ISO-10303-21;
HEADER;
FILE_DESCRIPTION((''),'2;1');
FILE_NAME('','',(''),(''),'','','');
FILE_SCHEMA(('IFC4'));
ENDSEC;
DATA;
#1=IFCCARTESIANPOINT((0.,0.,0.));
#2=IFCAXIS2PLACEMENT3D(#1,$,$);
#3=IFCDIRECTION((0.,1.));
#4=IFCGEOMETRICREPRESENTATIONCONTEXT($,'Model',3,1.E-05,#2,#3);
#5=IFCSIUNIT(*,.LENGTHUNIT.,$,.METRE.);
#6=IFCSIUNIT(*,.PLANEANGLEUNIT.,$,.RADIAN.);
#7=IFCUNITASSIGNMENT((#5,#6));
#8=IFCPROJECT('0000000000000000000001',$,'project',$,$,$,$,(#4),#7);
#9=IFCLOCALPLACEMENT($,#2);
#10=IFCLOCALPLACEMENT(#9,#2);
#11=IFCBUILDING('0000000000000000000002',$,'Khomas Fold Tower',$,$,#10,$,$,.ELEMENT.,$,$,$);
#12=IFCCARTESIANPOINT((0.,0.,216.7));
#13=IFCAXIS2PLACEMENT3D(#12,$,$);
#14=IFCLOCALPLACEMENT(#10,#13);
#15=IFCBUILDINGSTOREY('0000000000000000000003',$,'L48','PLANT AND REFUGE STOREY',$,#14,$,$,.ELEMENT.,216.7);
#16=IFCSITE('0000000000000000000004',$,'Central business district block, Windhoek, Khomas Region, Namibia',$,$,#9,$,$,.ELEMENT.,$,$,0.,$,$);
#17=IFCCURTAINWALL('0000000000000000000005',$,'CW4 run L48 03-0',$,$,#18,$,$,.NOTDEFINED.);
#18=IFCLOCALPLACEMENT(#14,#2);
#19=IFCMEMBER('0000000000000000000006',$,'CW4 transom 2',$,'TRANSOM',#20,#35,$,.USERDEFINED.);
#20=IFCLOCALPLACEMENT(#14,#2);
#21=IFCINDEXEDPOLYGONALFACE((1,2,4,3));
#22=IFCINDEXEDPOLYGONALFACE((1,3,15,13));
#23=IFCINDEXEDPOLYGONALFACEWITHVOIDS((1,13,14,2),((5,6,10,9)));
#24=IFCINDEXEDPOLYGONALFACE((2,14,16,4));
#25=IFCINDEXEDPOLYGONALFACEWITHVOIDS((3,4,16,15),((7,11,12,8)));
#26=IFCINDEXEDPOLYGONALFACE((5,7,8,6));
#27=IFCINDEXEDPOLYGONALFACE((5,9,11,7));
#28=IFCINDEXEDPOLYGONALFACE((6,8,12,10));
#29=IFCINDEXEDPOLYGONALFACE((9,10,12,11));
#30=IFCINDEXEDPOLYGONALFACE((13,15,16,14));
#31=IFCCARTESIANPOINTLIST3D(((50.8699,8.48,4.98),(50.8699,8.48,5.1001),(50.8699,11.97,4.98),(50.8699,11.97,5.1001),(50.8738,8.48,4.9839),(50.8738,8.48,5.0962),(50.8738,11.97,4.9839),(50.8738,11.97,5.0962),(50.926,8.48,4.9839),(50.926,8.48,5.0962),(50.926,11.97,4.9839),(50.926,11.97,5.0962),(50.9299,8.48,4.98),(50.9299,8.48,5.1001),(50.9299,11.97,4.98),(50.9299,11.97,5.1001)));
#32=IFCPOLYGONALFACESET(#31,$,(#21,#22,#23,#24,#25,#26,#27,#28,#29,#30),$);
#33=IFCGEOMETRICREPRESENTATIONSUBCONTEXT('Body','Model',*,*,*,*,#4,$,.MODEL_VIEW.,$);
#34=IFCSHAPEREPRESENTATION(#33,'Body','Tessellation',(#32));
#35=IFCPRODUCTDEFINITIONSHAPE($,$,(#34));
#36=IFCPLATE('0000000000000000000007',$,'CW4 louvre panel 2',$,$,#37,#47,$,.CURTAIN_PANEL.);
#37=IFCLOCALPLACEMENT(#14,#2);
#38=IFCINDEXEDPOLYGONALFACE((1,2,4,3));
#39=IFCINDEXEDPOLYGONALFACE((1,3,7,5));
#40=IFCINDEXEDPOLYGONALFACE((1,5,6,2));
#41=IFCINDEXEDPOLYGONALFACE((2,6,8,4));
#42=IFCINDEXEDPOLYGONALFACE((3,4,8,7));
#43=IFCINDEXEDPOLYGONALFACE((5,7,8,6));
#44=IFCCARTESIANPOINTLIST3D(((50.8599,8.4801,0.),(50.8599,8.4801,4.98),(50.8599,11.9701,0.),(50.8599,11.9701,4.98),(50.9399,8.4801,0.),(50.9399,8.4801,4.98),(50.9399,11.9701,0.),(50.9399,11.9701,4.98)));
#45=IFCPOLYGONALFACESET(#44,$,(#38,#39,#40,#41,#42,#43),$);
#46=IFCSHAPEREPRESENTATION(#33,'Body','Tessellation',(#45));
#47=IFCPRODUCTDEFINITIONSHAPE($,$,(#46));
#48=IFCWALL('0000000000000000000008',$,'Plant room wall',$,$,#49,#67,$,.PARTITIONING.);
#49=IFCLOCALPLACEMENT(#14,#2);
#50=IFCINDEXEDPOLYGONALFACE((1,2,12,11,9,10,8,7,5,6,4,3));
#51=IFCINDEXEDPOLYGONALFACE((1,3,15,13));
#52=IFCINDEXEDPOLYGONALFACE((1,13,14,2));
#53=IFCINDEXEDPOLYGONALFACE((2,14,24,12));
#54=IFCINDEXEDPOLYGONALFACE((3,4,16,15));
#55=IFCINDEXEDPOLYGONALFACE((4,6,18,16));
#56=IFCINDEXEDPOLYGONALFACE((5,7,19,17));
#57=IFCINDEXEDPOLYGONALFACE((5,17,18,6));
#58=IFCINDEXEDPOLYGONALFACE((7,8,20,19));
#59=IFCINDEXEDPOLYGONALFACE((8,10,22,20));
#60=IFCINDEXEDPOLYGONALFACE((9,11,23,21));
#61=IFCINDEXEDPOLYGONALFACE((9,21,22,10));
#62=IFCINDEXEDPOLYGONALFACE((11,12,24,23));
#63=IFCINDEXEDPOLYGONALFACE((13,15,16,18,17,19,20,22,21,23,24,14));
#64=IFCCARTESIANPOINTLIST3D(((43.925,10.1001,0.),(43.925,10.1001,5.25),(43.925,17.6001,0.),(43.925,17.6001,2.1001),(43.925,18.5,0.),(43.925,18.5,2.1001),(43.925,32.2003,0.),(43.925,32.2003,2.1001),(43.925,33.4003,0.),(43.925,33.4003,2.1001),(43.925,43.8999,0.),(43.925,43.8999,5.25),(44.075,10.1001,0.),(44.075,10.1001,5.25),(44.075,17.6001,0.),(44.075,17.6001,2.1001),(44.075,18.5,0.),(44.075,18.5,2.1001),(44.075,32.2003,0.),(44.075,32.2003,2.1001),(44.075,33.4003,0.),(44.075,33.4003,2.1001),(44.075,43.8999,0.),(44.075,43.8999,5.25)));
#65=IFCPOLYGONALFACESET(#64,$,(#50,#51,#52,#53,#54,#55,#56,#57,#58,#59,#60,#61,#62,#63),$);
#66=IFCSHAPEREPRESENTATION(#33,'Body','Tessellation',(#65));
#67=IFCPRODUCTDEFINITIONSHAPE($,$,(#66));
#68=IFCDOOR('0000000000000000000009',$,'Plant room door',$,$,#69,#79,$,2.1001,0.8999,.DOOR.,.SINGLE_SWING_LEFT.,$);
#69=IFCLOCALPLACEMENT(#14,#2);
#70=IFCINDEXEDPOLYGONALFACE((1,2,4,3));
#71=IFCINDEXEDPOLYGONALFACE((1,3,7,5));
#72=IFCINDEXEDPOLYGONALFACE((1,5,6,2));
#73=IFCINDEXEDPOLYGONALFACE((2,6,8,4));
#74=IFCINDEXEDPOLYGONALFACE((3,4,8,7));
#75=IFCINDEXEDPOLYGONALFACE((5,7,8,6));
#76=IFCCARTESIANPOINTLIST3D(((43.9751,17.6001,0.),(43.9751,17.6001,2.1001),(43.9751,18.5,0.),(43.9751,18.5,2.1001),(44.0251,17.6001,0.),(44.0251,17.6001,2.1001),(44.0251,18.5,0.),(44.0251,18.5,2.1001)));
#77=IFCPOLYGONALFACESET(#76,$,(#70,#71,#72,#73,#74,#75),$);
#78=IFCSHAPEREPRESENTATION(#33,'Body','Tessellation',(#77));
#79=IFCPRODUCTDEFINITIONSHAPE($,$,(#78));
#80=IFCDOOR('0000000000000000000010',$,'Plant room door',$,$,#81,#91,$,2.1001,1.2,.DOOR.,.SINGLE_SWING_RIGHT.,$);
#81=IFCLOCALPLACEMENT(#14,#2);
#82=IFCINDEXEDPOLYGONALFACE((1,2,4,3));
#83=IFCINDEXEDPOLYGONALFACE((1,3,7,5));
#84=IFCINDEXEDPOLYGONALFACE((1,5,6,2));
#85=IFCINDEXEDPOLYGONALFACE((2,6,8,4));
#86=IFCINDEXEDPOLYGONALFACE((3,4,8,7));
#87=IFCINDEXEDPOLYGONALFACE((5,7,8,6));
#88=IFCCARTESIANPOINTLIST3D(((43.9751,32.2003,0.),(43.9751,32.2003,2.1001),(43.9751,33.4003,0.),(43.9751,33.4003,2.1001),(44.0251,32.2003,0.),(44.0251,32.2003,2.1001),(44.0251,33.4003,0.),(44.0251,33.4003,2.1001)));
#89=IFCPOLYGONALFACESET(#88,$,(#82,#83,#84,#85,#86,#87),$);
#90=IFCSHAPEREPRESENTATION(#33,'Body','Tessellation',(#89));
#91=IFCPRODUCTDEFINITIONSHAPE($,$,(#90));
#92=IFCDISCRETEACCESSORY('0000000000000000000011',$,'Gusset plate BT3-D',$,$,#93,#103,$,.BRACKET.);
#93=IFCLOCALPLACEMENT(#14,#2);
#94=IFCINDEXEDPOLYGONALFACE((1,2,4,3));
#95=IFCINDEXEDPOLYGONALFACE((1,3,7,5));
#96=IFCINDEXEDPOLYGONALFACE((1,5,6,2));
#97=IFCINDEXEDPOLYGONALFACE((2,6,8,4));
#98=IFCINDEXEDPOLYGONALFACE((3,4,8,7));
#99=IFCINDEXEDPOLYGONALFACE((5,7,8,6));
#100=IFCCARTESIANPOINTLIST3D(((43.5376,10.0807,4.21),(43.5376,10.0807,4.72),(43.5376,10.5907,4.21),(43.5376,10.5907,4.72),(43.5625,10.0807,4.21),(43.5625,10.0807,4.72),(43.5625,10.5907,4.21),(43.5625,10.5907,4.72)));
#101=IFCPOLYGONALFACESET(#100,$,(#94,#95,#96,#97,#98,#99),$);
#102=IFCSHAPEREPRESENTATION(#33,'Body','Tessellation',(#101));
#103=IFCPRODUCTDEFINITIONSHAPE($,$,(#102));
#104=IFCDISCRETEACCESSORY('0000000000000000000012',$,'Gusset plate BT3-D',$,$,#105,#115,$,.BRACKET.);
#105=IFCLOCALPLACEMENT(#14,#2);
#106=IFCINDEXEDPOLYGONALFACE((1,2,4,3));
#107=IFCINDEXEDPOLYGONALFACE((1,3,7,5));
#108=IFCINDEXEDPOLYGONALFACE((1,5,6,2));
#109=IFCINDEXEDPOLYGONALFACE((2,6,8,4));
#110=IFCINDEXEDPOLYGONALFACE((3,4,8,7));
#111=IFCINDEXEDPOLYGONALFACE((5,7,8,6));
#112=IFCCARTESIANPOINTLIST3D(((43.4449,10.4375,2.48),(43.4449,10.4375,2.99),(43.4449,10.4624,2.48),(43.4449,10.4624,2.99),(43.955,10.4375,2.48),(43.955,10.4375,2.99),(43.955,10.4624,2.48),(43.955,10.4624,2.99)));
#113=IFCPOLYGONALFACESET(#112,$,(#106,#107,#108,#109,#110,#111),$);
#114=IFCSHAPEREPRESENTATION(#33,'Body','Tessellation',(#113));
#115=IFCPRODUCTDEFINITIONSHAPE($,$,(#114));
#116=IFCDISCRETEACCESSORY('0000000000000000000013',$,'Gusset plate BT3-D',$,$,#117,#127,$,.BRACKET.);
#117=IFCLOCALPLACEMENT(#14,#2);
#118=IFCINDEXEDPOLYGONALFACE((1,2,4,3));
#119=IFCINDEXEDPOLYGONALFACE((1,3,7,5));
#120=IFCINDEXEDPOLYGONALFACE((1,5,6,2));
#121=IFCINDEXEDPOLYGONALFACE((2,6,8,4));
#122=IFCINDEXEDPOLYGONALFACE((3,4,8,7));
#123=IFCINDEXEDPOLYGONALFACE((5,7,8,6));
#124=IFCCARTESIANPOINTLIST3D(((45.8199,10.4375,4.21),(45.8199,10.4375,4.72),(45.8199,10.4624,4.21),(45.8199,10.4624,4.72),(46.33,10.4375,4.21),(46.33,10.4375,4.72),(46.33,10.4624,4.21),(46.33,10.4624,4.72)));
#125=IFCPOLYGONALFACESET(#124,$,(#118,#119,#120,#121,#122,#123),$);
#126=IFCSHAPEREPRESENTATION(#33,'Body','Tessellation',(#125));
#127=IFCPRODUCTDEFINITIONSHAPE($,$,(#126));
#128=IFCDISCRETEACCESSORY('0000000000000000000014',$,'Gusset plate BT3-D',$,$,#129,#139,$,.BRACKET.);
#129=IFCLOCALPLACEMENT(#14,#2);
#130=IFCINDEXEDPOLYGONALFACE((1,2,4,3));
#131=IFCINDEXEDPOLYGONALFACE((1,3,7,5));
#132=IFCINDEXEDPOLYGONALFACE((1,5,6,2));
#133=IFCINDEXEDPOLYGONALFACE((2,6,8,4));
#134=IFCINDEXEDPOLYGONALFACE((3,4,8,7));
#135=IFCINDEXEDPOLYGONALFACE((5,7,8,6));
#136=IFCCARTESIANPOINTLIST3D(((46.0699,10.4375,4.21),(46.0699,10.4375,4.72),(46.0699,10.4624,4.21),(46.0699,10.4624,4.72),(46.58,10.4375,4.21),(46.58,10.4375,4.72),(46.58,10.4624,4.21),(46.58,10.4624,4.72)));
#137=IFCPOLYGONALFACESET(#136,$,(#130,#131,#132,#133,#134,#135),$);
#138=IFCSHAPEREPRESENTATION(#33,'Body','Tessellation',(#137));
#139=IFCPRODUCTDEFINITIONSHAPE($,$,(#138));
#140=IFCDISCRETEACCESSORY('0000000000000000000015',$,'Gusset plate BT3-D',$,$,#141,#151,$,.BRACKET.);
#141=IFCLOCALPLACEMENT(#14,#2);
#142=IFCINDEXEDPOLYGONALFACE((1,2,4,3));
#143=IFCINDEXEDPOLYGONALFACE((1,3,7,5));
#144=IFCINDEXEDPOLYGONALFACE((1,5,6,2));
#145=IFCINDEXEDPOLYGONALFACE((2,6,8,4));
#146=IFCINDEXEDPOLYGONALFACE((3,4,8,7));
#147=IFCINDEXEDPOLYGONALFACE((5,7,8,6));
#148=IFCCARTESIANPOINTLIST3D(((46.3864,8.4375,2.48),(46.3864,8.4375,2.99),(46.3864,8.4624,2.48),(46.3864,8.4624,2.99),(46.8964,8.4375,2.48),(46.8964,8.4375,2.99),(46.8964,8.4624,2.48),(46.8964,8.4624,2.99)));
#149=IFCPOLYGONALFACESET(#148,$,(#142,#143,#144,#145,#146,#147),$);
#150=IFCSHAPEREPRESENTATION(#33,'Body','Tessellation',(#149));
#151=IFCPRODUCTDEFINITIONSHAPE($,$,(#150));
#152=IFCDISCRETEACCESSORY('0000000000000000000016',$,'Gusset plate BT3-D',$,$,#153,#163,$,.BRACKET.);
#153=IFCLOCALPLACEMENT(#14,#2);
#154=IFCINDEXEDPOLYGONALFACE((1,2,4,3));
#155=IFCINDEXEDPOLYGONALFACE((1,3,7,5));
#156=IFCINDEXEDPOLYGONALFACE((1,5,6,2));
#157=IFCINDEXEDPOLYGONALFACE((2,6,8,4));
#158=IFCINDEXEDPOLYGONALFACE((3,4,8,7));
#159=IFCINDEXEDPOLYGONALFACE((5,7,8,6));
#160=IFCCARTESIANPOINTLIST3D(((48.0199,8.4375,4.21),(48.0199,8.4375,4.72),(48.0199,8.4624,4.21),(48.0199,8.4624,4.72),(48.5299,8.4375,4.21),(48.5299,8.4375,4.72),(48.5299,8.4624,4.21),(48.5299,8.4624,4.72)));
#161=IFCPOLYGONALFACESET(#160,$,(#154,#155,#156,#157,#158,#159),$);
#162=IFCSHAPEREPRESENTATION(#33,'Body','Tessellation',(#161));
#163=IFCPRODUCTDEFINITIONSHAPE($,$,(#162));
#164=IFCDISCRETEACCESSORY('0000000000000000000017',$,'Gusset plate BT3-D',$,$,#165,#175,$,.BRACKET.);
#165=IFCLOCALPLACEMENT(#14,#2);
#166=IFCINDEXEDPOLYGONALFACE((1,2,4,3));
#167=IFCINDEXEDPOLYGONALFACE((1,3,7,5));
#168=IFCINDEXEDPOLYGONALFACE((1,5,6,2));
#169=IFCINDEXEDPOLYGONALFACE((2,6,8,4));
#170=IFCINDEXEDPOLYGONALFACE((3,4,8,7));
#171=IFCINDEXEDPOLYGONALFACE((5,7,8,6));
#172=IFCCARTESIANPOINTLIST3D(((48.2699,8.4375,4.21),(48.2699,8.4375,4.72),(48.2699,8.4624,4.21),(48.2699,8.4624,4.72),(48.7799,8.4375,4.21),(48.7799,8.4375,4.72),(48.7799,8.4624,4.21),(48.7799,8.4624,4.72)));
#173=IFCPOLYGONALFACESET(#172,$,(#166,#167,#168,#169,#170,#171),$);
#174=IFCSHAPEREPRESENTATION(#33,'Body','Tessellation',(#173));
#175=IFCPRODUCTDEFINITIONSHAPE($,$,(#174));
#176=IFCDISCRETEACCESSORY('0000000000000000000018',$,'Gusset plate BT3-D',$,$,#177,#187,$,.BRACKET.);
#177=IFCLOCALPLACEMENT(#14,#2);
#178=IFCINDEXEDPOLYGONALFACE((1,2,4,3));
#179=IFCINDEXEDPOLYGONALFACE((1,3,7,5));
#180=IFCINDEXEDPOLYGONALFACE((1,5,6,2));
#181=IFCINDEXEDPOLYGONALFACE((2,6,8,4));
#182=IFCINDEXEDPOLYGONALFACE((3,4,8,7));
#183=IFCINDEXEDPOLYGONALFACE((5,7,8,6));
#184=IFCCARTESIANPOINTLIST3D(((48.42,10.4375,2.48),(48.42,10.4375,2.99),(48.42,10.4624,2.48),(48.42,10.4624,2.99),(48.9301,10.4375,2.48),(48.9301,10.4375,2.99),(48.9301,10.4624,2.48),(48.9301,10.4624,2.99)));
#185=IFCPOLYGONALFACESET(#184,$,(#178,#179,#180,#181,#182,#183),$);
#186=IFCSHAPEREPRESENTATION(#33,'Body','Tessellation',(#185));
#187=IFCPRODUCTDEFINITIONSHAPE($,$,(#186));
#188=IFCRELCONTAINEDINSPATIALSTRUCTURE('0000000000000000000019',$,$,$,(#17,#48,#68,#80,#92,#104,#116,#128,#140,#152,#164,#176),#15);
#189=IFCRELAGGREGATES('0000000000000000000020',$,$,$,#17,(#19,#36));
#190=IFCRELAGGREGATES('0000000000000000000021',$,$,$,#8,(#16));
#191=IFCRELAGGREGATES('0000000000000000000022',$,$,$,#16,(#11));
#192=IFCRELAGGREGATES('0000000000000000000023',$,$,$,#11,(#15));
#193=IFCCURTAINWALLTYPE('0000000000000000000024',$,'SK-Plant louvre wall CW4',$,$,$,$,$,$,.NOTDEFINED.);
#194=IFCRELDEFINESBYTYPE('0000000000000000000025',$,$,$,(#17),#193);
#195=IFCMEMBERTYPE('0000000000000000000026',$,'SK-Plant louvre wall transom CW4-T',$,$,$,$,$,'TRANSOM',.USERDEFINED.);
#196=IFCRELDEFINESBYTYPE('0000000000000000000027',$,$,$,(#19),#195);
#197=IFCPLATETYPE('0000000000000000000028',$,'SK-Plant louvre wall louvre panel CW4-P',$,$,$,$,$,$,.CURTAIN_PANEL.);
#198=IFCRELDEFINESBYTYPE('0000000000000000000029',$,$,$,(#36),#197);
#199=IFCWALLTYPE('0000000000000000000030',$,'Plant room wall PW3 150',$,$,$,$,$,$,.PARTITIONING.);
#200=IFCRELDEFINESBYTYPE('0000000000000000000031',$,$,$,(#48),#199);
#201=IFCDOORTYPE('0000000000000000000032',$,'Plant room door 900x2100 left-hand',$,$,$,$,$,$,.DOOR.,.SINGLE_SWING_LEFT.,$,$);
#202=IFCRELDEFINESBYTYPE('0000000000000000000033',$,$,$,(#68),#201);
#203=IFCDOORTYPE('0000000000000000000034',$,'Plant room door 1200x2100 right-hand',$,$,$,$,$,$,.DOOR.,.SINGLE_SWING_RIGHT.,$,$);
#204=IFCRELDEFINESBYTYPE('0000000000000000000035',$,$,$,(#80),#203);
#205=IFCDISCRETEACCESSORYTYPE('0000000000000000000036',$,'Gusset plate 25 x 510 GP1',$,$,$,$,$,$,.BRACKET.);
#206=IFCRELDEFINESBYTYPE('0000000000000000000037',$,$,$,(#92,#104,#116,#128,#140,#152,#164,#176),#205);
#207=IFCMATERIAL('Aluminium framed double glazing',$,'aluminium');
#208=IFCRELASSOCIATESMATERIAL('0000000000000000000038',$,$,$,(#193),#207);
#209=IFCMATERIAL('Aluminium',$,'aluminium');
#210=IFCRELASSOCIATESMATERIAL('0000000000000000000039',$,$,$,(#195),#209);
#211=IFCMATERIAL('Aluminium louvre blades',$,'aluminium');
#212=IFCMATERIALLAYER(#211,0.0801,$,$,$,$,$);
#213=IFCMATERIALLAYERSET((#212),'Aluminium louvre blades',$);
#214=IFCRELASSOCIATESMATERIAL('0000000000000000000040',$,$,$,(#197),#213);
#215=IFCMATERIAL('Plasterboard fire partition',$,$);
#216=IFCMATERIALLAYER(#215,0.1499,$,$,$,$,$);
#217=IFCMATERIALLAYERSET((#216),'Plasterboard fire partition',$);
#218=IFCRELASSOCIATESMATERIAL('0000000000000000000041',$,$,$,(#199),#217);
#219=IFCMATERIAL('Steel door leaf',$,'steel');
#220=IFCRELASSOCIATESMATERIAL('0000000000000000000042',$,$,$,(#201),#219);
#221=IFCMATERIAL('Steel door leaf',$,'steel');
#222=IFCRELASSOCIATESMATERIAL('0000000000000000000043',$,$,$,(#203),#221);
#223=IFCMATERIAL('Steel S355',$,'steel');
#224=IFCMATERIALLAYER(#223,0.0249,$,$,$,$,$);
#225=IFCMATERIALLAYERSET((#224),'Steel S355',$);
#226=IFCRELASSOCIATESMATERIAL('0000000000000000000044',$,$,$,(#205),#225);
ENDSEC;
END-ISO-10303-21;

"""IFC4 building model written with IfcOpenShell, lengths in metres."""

from ifc_helpers import new_model, si_unit, direction, frame, frame_2d, origin, origin_2d, place, context, subcontext, project, spatial, rectangle, hollow_rectangle, extrude, source, transform, mapped, material, layer, layer_set, material_profile, profile_set, type_object, element, fill, aggregate, save


model = new_model("IFC4")

# Units and contexts
model_context = context("Model", 3, precision=1e-05, world=origin(), true_north=direction((0.0, 1.0)))
body_context = subcontext(model_context, "Body", "Model", "MODEL_VIEW")
ifc_project = project(units=[si_unit("LENGTHUNIT", "METRE"), si_unit("PLANEANGLEUNIT", "RADIAN")], contexts=[model_context])

# Site, building, storey
site_placement = place(None, origin())
site = spatial("IfcSite", under=ifc_project, at=site_placement, Name="Central business district block, Windhoek, Khomas Region, Namibia", CompositionType="ELEMENT", RefElevation=0.0)
building_placement = place(site_placement, origin())
building = spatial("IfcBuilding", under=site, at=building_placement, Name="Khomas Fold Tower", CompositionType="ELEMENT")
storey_placement = place(building_placement, frame((0.0, 0.0, 216.7)))
storey = spatial("IfcBuildingStorey", under=building, at=storey_placement, Name="L48", Description="PLANT AND REFUGE STOREY", CompositionType="ELEMENT", Elevation=216.7)

# Curtain wall, member, plate
ifc_material_1 = material(Name="Aluminium framed double glazing", Category="aluminium")
curtain_wall_type = type_object("IfcCurtainWallType", Name="SK-Plant louvre wall CW4", PredefinedType="NOTDEFINED", material=ifc_material_1)
curtain_wall_placement = place(storey_placement, origin())
curtain_wall = element("IfcCurtainWall", 1, at=curtain_wall_placement, inside=storey, type_object=curtain_wall_type, Name="CW4 run L48 03-0", PredefinedType="NOTDEFINED")
ifc_material_2 = material(Name="Aluminium", Category="aluminium")
ifc_material_profile_1 = material_profile(ifc_material_2, hollow_rectangle(XDim=0.0601, YDim=0.1201, WallThickness=0.0039, at=origin_2d()), Name="SK-Plant louvre wall transom CW4-T")
ifc_profile_set_1 = profile_set([ifc_material_profile_1], Name="Aluminium")
member_type_1 = type_object("IfcMemberType", Name="SK-Plant louvre wall transom CW4-T", ElementType="TRANSOM", PredefinedType="USERDEFINED", material=ifc_profile_set_1)
shared_shape_1 = source(origin(), body_context, "Body", "SweptSolid", [
    extrude(hollow_rectangle(XDim=0.0601, YDim=0.1201, WallThickness=0.0039, at=origin_2d()), origin(), (0.0, 0.0, 1.0), 3.49),
])
member_1_placement = place(storey_placement, frame((50.8999, 8.48, 5.04), z_axis=(0.0, 1.0, 0.0), x_axis=(-1.0, 0.0, 0.0)))
member_1 = element("IfcMember", 2, at=member_1_placement, type_object=member_type_1, Name="CW4 transom 2", ObjectType="TRANSOM", PredefinedType="USERDEFINED", context=body_context, shape_type="MappedRepresentation", body=[
    mapped(shared_shape_1, transform((0.0, 0.0, 0.0))),
])
ifc_material_3 = material(Name="Aluminium louvre blades", Category="aluminium")
ifc_layer_1 = layer(ifc_material_3, 0.0801)
ifc_layer_set_1 = layer_set([ifc_layer_1], Name="Aluminium louvre blades")
plate_type = type_object("IfcPlateType", Name="SK-Plant louvre wall louvre panel CW4-P", PredefinedType="CURTAIN_PANEL", material=ifc_layer_set_1)
shared_shape_2 = source(origin(), body_context, "Body", "SweptSolid", [
    extrude(rectangle(XDim=3.49, YDim=0.0801, at=origin_2d()), origin(), (0.0, 0.0, 1.0), 4.98),
])
plate_placement = place(storey_placement, frame((50.8999, 10.2251, 0.0), z_axis=(0.0, 0.0, 1.0), x_axis=(0.0, 1.0, 0.0)))
plate = element("IfcPlate", 3, at=plate_placement, type_object=plate_type, Name="CW4 louvre panel 2", PredefinedType="CURTAIN_PANEL", context=body_context, shape_type="MappedRepresentation", body=[
    mapped(shared_shape_2, transform((0.0, 0.0, 0.0))),
])
aggregate(curtain_wall, [member_1, plate])

# Wall, openings, doors
ifc_material_4 = material(Name="Plasterboard fire partition")
ifc_layer_2 = layer(ifc_material_4, 0.1499)
ifc_layer_set_2 = layer_set([ifc_layer_2], Name="Plasterboard fire partition")
wall_type = type_object("IfcWallType", Name="Plant room wall PW3 150", PredefinedType="PARTITIONING", material=ifc_layer_set_2)
shared_shape_3 = source(origin(), body_context, "Body", "SweptSolid", [
    extrude(rectangle(XDim=33.7998, YDim=0.1499, at=frame_2d((16.8999, 0.0))), origin(), (0.0, 0.0, 1.0), 5.25),
])
wall_placement = place(storey_placement, frame((44.0, 10.1001, 0.0), z_axis=(0.0, 0.0, 1.0), x_axis=(0.0, 1.0, 0.0)))
wall = element("IfcWall", 4, at=wall_placement, inside=storey, type_object=wall_type, Name="Plant room wall", PredefinedType="PARTITIONING", context=body_context, shape_type="MappedRepresentation", body=[
    mapped(shared_shape_3, transform((0.0, 0.0, 0.0))),
])
shared_shape_4 = source(origin(), body_context, "Body", "SweptSolid", [
    extrude(rectangle(XDim=0.8999, YDim=2.1001, at=frame_2d((0.45, 1.05))), frame((0.0, 0.085, 0.0), z_axis=(0.0, -1.0, 0.0), x_axis=(1.0, 0.0, 0.0)), (0.0, 0.0, 1.0), 0.1699),
])
opening_1_placement = place(wall_placement, frame((7.5, 0.0, 0.0)))
opening_1 = element("IfcOpeningElement", 5, at=opening_1_placement, cuts=wall, PredefinedType="OPENING", context=body_context, shape_type="MappedRepresentation", body=[
    mapped(shared_shape_4, transform((0.0, 0.0, 0.0))),
])
shared_shape_5 = source(origin(), body_context, "Body", "SweptSolid", [
    extrude(rectangle(XDim=1.2, YDim=2.1001, at=frame_2d((0.6001, 1.05))), frame((0.0, 0.085, 0.0), z_axis=(0.0, -1.0, 0.0), x_axis=(1.0, 0.0, 0.0)), (0.0, 0.0, 1.0), 0.1699),
])
opening_2_placement = place(wall_placement, frame((22.1001, 0.0, 0.0)))
opening_2 = element("IfcOpeningElement", 6, at=opening_2_placement, cuts=wall, PredefinedType="OPENING", context=body_context, shape_type="MappedRepresentation", body=[
    mapped(shared_shape_5, transform((0.0, 0.0, 0.0))),
])
ifc_material_5 = material(Name="Steel door leaf", Category="steel")
door_type_1 = type_object("IfcDoorType", Name="Plant room door 900x2100 left-hand", OperationType="SINGLE_SWING_LEFT", PredefinedType="DOOR", material=ifc_material_5)
shared_shape_6 = source(origin(), body_context, "Body", "SweptSolid", [
    extrude(rectangle(XDim=0.8999, YDim=2.1001, at=frame_2d((0.45, 1.05))), frame((0.0, 0.0249, 0.0), z_axis=(0.0, -1.0, 0.0), x_axis=(1.0, 0.0, 0.0)), (0.0, 0.0, 1.0), 0.05),
])
door_1_placement = place(opening_1_placement, origin())
door_1 = element("IfcDoor", 7, at=door_1_placement, inside=storey, type_object=door_type_1, Name="Plant room door", OperationType="SINGLE_SWING_LEFT", OverallHeight=2.1001, OverallWidth=0.8999, PredefinedType="DOOR", context=body_context, shape_type="MappedRepresentation", body=[
    mapped(shared_shape_6, transform((0.0, 0.0, 0.0))),
])
fill(opening_1, door_1)
ifc_material_6 = material(Name="Steel door leaf", Category="steel")
door_type_2 = type_object("IfcDoorType", Name="Plant room door 1200x2100 right-hand", OperationType="SINGLE_SWING_RIGHT", PredefinedType="DOOR", material=ifc_material_6)
shared_shape_7 = source(origin(), body_context, "Body", "SweptSolid", [
    extrude(rectangle(XDim=1.2, YDim=2.1001, at=frame_2d((0.6001, 1.05))), frame((0.0, 0.0249, 0.0), z_axis=(0.0, -1.0, 0.0), x_axis=(1.0, 0.0, 0.0)), (0.0, 0.0, 1.0), 0.05),
])
door_2_placement = place(opening_2_placement, origin())
door_2 = element("IfcDoor", 8, at=door_2_placement, inside=storey, type_object=door_type_2, Name="Plant room door", OperationType="SINGLE_SWING_RIGHT", OverallHeight=2.1001, OverallWidth=1.2, PredefinedType="DOOR", context=body_context, shape_type="MappedRepresentation", body=[
    mapped(shared_shape_7, transform((0.0, 0.0, 0.0))),
])
fill(opening_2, door_2)

# Discrete accessories
ifc_material_7 = material(Name="Steel S355", Category="steel")
ifc_layer_3 = layer(ifc_material_7, 0.0249)
ifc_layer_set_3 = layer_set([ifc_layer_3], Name="Steel S355")
discrete_accessory_type = type_object("IfcDiscreteAccessoryType", Name="Gusset plate 25 x 510 GP1", PredefinedType="BRACKET", material=ifc_layer_set_3)
shared_shape_8 = source(origin(), body_context, "Body", "SweptSolid", [
    extrude(rectangle(XDim=0.51, YDim=0.0249, at=origin_2d()), origin(), (0.0, 0.0, 1.0), 0.51),
])
for number, where, z_axis, x_axis, name in (
    (9, (43.55, 10.3357, 4.21), (0.0, 0.0, 1.0), (0.0, 1.0, 0.0), "Gusset plate BT3-D"),
    (10, (43.7, 10.45, 2.48), (0.0, 0.0, 1.0), (1.0, 0.0, 0.0), "Gusset plate BT3-D"),
    (11, (46.075, 10.45, 4.21), (0.0, 0.0, 1.0), (1.0, 0.0, 0.0), "Gusset plate BT3-D"),
    (12, (46.325, 10.45, 4.21), (0.0, 0.0, 1.0), (1.0, 0.0, 0.0), "Gusset plate BT3-D"),
    (13, (46.6414, 8.45, 2.48), (0.0, 0.0, 1.0), (1.0, 0.0, 0.0), "Gusset plate BT3-D"),
    (14, (48.2749, 8.45, 4.21), (0.0, 0.0, 1.0), (1.0, 0.0, 0.0), "Gusset plate BT3-D"),
    (15, (48.5249, 8.45, 4.21), (0.0, 0.0, 1.0), (1.0, 0.0, 0.0), "Gusset plate BT3-D"),
    (16, (48.675, 10.45, 2.48), (0.0, 0.0, 1.0), (1.0, 0.0, 0.0), "Gusset plate BT3-D"),
):
    element("IfcDiscreteAccessory", number, at=place(storey_placement, frame(where, z_axis=z_axis, x_axis=x_axis)), inside=storey, type_object=discrete_accessory_type, Name=name, PredefinedType="BRACKET", context=body_context, shape_type="MappedRepresentation", body=[
        mapped(shared_shape_8, transform((0.0, 0.0, 0.0))),
    ])

save(model, "model.ifc")
